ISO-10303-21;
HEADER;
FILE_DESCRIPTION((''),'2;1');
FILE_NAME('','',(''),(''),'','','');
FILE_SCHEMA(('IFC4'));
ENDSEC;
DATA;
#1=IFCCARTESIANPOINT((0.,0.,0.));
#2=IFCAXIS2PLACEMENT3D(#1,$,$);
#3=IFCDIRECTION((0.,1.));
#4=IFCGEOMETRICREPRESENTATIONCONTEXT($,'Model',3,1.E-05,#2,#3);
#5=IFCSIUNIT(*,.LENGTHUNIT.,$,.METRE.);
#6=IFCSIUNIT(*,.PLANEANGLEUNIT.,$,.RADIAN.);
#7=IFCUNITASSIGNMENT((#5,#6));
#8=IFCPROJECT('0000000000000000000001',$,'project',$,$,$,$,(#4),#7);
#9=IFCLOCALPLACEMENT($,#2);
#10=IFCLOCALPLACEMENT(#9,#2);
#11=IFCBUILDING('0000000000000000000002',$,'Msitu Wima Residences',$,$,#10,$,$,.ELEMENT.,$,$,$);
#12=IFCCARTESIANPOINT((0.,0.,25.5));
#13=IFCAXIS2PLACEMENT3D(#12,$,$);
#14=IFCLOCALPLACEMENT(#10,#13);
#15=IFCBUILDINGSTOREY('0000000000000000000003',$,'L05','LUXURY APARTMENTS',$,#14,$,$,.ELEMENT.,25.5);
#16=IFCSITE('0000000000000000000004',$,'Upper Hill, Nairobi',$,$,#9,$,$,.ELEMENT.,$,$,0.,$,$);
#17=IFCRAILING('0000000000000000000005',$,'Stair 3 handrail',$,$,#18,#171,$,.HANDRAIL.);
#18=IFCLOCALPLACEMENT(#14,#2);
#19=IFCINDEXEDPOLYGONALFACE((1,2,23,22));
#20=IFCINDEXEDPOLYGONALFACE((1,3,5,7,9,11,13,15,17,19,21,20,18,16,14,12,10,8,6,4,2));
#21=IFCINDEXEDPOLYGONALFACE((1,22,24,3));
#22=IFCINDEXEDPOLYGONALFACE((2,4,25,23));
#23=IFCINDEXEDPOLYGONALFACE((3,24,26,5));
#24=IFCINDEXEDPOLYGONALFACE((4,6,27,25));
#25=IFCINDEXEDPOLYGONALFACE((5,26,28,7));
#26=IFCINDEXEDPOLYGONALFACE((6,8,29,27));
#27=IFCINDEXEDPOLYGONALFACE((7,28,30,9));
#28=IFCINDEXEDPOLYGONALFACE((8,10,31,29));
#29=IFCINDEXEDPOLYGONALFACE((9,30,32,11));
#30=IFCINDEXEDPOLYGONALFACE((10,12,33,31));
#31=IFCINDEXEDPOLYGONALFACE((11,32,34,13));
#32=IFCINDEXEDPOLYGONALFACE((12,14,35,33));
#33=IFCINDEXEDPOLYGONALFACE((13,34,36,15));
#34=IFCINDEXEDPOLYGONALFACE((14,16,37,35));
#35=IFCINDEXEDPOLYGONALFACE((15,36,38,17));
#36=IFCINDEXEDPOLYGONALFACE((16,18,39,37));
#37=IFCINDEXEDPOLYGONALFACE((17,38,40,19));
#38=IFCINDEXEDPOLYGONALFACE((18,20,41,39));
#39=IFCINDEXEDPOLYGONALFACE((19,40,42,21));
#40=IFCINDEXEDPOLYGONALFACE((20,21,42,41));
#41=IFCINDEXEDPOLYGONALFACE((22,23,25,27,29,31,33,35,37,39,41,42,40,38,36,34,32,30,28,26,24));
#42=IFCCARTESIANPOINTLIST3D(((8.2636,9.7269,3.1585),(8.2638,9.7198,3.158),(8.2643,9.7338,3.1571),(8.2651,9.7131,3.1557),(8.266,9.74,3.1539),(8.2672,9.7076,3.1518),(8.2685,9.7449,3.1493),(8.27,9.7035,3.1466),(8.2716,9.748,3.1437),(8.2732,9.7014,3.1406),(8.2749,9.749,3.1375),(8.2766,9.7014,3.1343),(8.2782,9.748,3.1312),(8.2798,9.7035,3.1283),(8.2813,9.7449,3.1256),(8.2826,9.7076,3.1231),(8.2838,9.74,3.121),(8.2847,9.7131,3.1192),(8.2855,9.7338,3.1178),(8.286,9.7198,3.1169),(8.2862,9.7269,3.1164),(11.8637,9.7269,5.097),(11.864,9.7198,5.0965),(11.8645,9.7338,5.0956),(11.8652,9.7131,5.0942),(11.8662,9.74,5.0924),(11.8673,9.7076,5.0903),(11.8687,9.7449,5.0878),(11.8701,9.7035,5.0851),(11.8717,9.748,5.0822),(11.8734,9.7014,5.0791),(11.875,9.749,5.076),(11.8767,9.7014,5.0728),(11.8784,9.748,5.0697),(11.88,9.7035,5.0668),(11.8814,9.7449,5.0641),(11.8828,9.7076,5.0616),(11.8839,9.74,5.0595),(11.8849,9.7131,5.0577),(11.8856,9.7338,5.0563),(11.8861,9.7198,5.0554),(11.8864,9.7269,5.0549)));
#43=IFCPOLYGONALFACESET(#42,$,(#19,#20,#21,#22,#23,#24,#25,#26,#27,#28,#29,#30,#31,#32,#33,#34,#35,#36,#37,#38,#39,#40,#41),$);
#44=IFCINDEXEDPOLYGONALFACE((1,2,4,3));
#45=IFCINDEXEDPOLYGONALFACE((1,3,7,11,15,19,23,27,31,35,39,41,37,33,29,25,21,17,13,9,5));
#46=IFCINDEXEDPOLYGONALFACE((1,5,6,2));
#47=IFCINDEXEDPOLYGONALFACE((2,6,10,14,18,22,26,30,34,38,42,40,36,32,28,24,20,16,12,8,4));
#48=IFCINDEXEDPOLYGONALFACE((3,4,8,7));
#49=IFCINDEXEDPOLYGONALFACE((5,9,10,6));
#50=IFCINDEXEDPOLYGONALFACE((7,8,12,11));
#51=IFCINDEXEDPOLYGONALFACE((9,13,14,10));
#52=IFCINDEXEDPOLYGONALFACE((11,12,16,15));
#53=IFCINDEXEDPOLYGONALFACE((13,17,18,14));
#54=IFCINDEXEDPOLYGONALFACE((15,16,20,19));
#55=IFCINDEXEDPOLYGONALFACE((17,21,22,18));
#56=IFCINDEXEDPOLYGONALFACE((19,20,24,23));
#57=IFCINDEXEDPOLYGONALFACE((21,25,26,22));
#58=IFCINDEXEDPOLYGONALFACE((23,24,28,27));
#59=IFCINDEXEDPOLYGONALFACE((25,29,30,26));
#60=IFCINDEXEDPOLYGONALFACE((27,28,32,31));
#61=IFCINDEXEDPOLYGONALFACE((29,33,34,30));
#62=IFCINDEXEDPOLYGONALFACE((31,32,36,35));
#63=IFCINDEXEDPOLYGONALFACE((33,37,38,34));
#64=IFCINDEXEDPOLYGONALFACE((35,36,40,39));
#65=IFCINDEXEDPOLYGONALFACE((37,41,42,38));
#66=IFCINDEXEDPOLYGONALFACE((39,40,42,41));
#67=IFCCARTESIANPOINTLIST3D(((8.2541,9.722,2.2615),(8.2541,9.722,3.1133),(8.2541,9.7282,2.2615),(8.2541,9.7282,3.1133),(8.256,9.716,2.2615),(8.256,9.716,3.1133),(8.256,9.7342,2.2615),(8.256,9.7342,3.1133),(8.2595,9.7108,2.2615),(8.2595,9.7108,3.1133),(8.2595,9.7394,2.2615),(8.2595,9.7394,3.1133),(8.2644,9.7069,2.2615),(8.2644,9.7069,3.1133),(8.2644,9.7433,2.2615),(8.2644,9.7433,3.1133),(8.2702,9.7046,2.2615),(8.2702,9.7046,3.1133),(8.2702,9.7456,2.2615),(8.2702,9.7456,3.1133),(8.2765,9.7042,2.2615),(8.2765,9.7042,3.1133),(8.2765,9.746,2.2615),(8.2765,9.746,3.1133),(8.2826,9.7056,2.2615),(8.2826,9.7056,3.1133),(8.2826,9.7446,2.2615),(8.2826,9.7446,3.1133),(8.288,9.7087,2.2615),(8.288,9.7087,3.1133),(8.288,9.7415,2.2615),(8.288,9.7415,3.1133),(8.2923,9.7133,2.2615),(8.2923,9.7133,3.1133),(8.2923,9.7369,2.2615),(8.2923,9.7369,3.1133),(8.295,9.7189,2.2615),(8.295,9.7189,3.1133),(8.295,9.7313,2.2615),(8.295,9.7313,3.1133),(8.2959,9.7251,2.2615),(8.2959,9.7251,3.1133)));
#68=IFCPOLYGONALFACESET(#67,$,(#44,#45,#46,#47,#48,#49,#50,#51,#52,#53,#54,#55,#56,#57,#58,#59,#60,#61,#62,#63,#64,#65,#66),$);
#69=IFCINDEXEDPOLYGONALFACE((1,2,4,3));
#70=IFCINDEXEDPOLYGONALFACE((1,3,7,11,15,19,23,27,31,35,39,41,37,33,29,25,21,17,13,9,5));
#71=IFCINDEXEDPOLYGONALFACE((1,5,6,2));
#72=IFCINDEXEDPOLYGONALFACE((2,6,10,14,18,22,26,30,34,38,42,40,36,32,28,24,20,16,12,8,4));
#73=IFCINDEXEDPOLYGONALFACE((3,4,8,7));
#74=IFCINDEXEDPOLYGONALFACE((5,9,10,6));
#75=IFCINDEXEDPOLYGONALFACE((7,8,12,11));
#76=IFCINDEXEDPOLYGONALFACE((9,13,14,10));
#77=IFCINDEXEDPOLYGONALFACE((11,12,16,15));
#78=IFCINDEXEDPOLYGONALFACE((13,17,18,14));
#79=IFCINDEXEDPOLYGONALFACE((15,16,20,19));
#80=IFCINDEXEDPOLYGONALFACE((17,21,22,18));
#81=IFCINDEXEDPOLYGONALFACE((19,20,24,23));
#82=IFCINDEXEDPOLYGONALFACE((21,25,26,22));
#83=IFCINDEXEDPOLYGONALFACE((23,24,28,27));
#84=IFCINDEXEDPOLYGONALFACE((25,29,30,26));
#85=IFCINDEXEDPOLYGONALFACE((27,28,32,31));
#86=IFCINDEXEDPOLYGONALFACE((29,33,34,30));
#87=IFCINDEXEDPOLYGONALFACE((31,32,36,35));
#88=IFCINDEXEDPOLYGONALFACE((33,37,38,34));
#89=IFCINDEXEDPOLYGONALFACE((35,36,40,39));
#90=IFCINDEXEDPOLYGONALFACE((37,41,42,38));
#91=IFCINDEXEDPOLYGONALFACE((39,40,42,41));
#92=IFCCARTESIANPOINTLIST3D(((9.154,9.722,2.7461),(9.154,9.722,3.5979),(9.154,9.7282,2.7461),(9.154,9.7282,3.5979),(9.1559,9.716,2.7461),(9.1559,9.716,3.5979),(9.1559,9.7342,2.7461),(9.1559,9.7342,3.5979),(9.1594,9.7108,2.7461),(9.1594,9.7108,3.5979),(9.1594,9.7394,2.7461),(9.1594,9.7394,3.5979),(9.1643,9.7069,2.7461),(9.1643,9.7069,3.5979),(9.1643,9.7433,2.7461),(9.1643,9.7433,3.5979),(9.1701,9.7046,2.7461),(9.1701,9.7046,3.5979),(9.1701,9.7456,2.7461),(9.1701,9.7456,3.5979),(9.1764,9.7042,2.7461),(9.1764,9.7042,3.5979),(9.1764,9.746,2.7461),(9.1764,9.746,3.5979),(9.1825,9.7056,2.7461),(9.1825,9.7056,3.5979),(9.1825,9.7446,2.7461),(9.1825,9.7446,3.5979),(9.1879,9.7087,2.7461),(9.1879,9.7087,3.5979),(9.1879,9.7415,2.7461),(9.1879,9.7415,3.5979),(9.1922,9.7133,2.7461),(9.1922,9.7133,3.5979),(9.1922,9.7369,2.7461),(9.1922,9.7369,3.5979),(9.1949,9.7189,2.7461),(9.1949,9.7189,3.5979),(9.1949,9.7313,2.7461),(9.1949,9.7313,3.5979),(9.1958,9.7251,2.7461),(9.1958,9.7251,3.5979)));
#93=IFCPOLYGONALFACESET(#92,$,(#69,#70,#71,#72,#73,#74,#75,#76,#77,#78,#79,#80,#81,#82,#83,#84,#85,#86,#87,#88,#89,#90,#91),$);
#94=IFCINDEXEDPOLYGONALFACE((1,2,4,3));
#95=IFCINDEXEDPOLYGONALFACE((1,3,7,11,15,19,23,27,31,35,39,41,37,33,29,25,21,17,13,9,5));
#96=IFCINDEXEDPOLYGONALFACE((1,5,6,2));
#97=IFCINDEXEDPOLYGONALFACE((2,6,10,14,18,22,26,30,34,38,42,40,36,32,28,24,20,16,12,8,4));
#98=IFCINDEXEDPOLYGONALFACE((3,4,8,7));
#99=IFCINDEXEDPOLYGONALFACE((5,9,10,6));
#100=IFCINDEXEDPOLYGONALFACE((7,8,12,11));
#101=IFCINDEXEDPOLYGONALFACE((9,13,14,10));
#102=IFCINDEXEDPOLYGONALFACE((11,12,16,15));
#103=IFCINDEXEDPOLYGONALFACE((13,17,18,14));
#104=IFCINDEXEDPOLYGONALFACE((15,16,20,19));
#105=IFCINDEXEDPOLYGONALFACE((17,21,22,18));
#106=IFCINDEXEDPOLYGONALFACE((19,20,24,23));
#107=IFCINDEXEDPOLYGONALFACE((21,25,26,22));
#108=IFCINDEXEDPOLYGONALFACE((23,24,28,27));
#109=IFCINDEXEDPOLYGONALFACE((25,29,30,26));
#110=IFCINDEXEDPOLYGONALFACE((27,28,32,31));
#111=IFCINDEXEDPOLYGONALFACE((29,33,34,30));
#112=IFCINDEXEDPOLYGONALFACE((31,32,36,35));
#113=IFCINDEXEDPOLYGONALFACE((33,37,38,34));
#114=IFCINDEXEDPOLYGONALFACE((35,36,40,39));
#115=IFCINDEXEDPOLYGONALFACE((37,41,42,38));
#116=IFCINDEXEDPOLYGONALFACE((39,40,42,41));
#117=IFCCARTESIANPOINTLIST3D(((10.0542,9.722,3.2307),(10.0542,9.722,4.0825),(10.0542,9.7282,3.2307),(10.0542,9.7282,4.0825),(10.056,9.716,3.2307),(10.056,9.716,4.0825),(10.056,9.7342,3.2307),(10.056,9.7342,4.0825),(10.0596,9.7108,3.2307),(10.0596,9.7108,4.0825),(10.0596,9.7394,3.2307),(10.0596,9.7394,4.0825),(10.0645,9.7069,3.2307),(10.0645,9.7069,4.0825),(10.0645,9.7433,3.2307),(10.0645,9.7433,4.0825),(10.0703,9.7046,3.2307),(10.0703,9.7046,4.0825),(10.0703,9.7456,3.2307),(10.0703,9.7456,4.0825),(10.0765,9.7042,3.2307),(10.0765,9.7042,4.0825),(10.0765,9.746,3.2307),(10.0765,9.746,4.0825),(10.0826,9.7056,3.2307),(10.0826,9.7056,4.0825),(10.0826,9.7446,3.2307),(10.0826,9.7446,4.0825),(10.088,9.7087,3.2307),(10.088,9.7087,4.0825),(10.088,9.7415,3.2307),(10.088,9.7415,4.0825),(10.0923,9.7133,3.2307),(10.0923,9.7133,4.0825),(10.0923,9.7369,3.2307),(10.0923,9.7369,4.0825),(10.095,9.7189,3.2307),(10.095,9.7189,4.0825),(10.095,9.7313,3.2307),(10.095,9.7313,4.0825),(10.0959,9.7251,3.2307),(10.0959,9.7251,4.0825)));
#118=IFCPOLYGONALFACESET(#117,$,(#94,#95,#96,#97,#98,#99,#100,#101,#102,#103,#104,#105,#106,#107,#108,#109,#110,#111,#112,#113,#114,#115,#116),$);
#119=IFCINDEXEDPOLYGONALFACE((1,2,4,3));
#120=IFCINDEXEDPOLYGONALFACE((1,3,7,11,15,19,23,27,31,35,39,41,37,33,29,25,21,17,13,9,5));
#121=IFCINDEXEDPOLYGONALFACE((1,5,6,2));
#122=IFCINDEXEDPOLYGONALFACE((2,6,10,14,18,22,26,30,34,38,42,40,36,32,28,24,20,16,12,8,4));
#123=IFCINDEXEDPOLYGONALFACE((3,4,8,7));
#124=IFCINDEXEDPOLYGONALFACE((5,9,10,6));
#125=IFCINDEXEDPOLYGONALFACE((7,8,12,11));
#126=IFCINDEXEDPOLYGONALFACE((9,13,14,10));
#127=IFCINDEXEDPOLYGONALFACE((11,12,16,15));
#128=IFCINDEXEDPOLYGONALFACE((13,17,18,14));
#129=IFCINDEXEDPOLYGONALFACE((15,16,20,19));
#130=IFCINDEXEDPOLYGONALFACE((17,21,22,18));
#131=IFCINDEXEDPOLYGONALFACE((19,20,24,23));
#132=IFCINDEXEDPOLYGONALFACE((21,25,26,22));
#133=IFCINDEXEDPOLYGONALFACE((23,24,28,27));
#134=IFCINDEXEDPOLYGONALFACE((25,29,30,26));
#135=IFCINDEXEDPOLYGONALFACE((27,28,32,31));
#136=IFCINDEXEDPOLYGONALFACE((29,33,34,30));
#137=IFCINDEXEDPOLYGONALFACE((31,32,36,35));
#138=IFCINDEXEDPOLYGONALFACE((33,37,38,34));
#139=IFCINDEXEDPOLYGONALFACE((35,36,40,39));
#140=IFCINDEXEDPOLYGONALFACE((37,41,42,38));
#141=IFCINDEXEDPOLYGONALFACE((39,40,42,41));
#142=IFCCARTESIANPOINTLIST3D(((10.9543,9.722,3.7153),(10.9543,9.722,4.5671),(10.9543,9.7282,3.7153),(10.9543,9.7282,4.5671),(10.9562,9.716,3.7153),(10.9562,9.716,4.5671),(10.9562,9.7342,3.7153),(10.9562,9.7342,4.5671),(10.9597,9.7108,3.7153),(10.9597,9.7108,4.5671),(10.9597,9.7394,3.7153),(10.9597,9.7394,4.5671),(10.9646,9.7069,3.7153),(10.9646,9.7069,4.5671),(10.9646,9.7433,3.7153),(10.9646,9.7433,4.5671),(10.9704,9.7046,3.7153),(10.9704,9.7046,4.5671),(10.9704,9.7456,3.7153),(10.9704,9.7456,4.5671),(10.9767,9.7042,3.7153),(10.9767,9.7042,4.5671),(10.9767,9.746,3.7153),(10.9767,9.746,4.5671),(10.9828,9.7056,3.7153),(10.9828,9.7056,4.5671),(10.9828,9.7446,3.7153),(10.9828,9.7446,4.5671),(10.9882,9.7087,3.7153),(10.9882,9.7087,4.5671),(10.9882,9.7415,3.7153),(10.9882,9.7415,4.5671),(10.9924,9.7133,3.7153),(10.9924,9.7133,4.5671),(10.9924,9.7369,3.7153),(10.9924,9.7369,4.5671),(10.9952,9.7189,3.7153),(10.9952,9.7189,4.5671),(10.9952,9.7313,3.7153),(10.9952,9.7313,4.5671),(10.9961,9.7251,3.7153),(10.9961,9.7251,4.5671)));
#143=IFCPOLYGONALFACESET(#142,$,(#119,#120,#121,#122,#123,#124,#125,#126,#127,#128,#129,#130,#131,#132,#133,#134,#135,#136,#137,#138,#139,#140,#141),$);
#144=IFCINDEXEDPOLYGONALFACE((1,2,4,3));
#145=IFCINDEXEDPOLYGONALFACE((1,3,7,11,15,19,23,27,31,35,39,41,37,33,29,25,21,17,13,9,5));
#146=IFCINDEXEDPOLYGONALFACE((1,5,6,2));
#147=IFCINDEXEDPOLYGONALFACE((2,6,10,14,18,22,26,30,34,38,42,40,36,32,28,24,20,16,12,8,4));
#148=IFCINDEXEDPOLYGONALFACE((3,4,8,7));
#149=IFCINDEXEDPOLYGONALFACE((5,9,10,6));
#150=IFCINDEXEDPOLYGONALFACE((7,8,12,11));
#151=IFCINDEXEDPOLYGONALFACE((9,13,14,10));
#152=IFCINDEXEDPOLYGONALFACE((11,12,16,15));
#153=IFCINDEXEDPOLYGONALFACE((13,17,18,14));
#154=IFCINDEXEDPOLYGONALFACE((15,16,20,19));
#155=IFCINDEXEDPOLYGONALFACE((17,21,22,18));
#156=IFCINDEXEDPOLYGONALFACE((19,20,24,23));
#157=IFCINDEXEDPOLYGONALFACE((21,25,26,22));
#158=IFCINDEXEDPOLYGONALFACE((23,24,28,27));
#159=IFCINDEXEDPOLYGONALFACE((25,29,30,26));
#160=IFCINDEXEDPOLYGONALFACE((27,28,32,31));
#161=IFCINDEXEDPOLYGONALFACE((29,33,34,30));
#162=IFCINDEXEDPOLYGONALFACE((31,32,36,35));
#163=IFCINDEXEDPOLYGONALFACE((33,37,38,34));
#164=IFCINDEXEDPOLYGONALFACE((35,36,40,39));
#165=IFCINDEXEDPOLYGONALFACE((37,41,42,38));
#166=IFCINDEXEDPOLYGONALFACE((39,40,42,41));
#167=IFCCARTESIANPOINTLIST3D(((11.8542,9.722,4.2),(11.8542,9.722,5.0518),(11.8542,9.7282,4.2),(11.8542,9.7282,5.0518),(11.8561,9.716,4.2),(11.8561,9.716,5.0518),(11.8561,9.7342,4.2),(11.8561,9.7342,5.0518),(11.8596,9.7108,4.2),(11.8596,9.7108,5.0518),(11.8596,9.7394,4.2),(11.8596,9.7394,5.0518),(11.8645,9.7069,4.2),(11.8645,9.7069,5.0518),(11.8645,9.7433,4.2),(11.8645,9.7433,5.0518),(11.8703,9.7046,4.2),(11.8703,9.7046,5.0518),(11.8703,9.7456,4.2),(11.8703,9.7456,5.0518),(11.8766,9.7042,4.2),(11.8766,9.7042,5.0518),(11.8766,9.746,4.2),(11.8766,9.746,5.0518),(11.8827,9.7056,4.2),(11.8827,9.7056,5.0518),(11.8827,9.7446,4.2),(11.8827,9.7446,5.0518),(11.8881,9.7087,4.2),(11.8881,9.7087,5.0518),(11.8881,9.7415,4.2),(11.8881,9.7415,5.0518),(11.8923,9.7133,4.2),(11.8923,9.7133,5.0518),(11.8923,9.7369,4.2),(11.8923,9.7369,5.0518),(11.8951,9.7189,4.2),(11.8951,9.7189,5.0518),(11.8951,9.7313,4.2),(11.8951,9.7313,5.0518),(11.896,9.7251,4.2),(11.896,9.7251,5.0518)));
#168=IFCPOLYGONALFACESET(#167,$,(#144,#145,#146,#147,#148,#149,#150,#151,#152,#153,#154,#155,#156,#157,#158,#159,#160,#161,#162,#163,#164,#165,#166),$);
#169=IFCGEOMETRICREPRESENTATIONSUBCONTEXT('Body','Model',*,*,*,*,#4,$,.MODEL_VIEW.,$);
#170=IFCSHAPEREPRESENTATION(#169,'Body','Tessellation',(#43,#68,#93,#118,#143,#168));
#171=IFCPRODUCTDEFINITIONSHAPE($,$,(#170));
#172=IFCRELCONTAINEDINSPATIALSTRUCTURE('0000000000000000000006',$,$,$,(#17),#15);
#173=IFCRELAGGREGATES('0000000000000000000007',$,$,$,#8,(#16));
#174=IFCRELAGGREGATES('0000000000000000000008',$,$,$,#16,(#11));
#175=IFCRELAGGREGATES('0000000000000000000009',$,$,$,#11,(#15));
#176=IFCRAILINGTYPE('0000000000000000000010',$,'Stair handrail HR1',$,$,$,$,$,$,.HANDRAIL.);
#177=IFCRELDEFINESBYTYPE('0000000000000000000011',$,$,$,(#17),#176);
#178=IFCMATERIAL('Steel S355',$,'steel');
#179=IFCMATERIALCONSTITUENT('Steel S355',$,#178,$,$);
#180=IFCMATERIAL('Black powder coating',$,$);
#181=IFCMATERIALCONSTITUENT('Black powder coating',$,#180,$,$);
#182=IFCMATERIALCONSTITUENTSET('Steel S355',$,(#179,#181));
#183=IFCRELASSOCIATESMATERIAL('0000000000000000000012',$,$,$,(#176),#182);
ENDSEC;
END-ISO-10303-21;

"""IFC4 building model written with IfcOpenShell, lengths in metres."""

from ifc_helpers import new_model, si_unit, direction, frame, origin, origin_2d, place, context, subcontext, project, spatial, circle, extrude, material, constituent, constituent_set, type_object, element, save


model = new_model("IFC4")

# Units and contexts
model_context = context("Model", 3, precision=1e-05, world=origin(), true_north=direction((0.0, 1.0)))
body_context = subcontext(model_context, "Body", "Model", "MODEL_VIEW")
ifc_project = project(units=[si_unit("LENGTHUNIT", "METRE"), si_unit("PLANEANGLEUNIT", "RADIAN")], contexts=[model_context])

# Site, building, storey
site_placement = place(None, origin())
site = spatial("IfcSite", under=ifc_project, at=site_placement, Name="Upper Hill, Nairobi", CompositionType="ELEMENT", RefElevation=0.0)
building_placement = place(site_placement, origin())
building = spatial("IfcBuilding", under=site, at=building_placement, Name="Msitu Wima Residences", CompositionType="ELEMENT")
storey_placement = place(building_placement, frame((0.0, 0.0, 25.5)))
storey = spatial("IfcBuildingStorey", under=building, at=storey_placement, Name="L05", Description="LUXURY APARTMENTS", CompositionType="ELEMENT", Elevation=25.5)

# Railing
ifc_material_1 = material(Name="Steel S355", Category="steel")
ifc_constituent_1 = constituent(ifc_material_1, Name="Steel S355")
ifc_material_2 = material(Name="Black powder coating")
ifc_constituent_2 = constituent(ifc_material_2, Name="Black powder coating")
ifc_constituent_set = constituent_set(constituents=[ifc_constituent_1, ifc_constituent_2], Name="Steel S355")
railing_type = type_object("IfcRailingType", Name="Stair handrail HR1", PredefinedType="HANDRAIL", material=ifc_constituent_set)
railing_placement = place(storey_placement, frame((8.2749, 9.7251, 2.2615)))
element("IfcRailing", 1, at=railing_placement, inside=storey, type_object=railing_type, Name="Stair 3 handrail", PredefinedType="HANDRAIL", context=body_context, shape_type="SweptSolid", body=[
    extrude(circle(Radius=0.0239, at=origin_2d()), frame((0.0, 0.0, 0.876), z_axis=(0.880475, 0.0, 0.474093), x_axis=(0.0, 1.0, 0.0)), (0.0, 0.0, 1.0), 4.0889),
    extrude(circle(Radius=0.021, at=origin_2d()), origin(), (0.0, 0.0, 1.0), 0.8518),
    extrude(circle(Radius=0.021, at=origin_2d()), frame((0.8999, 0.0, 0.4846)), (0.0, 0.0, 1.0), 0.8518),
    extrude(circle(Radius=0.021, at=origin_2d()), frame((1.8, 0.0, 0.9692)), (0.0, 0.0, 1.0), 0.8518),
    extrude(circle(Radius=0.021, at=origin_2d()), frame((2.7002, 0.0, 1.4539)), (0.0, 0.0, 1.0), 0.8518),
    extrude(circle(Radius=0.021, at=origin_2d()), frame((3.6001, 0.0, 1.9385)), (0.0, 0.0, 1.0), 0.8518),
])

save(model, "model.ifc")
